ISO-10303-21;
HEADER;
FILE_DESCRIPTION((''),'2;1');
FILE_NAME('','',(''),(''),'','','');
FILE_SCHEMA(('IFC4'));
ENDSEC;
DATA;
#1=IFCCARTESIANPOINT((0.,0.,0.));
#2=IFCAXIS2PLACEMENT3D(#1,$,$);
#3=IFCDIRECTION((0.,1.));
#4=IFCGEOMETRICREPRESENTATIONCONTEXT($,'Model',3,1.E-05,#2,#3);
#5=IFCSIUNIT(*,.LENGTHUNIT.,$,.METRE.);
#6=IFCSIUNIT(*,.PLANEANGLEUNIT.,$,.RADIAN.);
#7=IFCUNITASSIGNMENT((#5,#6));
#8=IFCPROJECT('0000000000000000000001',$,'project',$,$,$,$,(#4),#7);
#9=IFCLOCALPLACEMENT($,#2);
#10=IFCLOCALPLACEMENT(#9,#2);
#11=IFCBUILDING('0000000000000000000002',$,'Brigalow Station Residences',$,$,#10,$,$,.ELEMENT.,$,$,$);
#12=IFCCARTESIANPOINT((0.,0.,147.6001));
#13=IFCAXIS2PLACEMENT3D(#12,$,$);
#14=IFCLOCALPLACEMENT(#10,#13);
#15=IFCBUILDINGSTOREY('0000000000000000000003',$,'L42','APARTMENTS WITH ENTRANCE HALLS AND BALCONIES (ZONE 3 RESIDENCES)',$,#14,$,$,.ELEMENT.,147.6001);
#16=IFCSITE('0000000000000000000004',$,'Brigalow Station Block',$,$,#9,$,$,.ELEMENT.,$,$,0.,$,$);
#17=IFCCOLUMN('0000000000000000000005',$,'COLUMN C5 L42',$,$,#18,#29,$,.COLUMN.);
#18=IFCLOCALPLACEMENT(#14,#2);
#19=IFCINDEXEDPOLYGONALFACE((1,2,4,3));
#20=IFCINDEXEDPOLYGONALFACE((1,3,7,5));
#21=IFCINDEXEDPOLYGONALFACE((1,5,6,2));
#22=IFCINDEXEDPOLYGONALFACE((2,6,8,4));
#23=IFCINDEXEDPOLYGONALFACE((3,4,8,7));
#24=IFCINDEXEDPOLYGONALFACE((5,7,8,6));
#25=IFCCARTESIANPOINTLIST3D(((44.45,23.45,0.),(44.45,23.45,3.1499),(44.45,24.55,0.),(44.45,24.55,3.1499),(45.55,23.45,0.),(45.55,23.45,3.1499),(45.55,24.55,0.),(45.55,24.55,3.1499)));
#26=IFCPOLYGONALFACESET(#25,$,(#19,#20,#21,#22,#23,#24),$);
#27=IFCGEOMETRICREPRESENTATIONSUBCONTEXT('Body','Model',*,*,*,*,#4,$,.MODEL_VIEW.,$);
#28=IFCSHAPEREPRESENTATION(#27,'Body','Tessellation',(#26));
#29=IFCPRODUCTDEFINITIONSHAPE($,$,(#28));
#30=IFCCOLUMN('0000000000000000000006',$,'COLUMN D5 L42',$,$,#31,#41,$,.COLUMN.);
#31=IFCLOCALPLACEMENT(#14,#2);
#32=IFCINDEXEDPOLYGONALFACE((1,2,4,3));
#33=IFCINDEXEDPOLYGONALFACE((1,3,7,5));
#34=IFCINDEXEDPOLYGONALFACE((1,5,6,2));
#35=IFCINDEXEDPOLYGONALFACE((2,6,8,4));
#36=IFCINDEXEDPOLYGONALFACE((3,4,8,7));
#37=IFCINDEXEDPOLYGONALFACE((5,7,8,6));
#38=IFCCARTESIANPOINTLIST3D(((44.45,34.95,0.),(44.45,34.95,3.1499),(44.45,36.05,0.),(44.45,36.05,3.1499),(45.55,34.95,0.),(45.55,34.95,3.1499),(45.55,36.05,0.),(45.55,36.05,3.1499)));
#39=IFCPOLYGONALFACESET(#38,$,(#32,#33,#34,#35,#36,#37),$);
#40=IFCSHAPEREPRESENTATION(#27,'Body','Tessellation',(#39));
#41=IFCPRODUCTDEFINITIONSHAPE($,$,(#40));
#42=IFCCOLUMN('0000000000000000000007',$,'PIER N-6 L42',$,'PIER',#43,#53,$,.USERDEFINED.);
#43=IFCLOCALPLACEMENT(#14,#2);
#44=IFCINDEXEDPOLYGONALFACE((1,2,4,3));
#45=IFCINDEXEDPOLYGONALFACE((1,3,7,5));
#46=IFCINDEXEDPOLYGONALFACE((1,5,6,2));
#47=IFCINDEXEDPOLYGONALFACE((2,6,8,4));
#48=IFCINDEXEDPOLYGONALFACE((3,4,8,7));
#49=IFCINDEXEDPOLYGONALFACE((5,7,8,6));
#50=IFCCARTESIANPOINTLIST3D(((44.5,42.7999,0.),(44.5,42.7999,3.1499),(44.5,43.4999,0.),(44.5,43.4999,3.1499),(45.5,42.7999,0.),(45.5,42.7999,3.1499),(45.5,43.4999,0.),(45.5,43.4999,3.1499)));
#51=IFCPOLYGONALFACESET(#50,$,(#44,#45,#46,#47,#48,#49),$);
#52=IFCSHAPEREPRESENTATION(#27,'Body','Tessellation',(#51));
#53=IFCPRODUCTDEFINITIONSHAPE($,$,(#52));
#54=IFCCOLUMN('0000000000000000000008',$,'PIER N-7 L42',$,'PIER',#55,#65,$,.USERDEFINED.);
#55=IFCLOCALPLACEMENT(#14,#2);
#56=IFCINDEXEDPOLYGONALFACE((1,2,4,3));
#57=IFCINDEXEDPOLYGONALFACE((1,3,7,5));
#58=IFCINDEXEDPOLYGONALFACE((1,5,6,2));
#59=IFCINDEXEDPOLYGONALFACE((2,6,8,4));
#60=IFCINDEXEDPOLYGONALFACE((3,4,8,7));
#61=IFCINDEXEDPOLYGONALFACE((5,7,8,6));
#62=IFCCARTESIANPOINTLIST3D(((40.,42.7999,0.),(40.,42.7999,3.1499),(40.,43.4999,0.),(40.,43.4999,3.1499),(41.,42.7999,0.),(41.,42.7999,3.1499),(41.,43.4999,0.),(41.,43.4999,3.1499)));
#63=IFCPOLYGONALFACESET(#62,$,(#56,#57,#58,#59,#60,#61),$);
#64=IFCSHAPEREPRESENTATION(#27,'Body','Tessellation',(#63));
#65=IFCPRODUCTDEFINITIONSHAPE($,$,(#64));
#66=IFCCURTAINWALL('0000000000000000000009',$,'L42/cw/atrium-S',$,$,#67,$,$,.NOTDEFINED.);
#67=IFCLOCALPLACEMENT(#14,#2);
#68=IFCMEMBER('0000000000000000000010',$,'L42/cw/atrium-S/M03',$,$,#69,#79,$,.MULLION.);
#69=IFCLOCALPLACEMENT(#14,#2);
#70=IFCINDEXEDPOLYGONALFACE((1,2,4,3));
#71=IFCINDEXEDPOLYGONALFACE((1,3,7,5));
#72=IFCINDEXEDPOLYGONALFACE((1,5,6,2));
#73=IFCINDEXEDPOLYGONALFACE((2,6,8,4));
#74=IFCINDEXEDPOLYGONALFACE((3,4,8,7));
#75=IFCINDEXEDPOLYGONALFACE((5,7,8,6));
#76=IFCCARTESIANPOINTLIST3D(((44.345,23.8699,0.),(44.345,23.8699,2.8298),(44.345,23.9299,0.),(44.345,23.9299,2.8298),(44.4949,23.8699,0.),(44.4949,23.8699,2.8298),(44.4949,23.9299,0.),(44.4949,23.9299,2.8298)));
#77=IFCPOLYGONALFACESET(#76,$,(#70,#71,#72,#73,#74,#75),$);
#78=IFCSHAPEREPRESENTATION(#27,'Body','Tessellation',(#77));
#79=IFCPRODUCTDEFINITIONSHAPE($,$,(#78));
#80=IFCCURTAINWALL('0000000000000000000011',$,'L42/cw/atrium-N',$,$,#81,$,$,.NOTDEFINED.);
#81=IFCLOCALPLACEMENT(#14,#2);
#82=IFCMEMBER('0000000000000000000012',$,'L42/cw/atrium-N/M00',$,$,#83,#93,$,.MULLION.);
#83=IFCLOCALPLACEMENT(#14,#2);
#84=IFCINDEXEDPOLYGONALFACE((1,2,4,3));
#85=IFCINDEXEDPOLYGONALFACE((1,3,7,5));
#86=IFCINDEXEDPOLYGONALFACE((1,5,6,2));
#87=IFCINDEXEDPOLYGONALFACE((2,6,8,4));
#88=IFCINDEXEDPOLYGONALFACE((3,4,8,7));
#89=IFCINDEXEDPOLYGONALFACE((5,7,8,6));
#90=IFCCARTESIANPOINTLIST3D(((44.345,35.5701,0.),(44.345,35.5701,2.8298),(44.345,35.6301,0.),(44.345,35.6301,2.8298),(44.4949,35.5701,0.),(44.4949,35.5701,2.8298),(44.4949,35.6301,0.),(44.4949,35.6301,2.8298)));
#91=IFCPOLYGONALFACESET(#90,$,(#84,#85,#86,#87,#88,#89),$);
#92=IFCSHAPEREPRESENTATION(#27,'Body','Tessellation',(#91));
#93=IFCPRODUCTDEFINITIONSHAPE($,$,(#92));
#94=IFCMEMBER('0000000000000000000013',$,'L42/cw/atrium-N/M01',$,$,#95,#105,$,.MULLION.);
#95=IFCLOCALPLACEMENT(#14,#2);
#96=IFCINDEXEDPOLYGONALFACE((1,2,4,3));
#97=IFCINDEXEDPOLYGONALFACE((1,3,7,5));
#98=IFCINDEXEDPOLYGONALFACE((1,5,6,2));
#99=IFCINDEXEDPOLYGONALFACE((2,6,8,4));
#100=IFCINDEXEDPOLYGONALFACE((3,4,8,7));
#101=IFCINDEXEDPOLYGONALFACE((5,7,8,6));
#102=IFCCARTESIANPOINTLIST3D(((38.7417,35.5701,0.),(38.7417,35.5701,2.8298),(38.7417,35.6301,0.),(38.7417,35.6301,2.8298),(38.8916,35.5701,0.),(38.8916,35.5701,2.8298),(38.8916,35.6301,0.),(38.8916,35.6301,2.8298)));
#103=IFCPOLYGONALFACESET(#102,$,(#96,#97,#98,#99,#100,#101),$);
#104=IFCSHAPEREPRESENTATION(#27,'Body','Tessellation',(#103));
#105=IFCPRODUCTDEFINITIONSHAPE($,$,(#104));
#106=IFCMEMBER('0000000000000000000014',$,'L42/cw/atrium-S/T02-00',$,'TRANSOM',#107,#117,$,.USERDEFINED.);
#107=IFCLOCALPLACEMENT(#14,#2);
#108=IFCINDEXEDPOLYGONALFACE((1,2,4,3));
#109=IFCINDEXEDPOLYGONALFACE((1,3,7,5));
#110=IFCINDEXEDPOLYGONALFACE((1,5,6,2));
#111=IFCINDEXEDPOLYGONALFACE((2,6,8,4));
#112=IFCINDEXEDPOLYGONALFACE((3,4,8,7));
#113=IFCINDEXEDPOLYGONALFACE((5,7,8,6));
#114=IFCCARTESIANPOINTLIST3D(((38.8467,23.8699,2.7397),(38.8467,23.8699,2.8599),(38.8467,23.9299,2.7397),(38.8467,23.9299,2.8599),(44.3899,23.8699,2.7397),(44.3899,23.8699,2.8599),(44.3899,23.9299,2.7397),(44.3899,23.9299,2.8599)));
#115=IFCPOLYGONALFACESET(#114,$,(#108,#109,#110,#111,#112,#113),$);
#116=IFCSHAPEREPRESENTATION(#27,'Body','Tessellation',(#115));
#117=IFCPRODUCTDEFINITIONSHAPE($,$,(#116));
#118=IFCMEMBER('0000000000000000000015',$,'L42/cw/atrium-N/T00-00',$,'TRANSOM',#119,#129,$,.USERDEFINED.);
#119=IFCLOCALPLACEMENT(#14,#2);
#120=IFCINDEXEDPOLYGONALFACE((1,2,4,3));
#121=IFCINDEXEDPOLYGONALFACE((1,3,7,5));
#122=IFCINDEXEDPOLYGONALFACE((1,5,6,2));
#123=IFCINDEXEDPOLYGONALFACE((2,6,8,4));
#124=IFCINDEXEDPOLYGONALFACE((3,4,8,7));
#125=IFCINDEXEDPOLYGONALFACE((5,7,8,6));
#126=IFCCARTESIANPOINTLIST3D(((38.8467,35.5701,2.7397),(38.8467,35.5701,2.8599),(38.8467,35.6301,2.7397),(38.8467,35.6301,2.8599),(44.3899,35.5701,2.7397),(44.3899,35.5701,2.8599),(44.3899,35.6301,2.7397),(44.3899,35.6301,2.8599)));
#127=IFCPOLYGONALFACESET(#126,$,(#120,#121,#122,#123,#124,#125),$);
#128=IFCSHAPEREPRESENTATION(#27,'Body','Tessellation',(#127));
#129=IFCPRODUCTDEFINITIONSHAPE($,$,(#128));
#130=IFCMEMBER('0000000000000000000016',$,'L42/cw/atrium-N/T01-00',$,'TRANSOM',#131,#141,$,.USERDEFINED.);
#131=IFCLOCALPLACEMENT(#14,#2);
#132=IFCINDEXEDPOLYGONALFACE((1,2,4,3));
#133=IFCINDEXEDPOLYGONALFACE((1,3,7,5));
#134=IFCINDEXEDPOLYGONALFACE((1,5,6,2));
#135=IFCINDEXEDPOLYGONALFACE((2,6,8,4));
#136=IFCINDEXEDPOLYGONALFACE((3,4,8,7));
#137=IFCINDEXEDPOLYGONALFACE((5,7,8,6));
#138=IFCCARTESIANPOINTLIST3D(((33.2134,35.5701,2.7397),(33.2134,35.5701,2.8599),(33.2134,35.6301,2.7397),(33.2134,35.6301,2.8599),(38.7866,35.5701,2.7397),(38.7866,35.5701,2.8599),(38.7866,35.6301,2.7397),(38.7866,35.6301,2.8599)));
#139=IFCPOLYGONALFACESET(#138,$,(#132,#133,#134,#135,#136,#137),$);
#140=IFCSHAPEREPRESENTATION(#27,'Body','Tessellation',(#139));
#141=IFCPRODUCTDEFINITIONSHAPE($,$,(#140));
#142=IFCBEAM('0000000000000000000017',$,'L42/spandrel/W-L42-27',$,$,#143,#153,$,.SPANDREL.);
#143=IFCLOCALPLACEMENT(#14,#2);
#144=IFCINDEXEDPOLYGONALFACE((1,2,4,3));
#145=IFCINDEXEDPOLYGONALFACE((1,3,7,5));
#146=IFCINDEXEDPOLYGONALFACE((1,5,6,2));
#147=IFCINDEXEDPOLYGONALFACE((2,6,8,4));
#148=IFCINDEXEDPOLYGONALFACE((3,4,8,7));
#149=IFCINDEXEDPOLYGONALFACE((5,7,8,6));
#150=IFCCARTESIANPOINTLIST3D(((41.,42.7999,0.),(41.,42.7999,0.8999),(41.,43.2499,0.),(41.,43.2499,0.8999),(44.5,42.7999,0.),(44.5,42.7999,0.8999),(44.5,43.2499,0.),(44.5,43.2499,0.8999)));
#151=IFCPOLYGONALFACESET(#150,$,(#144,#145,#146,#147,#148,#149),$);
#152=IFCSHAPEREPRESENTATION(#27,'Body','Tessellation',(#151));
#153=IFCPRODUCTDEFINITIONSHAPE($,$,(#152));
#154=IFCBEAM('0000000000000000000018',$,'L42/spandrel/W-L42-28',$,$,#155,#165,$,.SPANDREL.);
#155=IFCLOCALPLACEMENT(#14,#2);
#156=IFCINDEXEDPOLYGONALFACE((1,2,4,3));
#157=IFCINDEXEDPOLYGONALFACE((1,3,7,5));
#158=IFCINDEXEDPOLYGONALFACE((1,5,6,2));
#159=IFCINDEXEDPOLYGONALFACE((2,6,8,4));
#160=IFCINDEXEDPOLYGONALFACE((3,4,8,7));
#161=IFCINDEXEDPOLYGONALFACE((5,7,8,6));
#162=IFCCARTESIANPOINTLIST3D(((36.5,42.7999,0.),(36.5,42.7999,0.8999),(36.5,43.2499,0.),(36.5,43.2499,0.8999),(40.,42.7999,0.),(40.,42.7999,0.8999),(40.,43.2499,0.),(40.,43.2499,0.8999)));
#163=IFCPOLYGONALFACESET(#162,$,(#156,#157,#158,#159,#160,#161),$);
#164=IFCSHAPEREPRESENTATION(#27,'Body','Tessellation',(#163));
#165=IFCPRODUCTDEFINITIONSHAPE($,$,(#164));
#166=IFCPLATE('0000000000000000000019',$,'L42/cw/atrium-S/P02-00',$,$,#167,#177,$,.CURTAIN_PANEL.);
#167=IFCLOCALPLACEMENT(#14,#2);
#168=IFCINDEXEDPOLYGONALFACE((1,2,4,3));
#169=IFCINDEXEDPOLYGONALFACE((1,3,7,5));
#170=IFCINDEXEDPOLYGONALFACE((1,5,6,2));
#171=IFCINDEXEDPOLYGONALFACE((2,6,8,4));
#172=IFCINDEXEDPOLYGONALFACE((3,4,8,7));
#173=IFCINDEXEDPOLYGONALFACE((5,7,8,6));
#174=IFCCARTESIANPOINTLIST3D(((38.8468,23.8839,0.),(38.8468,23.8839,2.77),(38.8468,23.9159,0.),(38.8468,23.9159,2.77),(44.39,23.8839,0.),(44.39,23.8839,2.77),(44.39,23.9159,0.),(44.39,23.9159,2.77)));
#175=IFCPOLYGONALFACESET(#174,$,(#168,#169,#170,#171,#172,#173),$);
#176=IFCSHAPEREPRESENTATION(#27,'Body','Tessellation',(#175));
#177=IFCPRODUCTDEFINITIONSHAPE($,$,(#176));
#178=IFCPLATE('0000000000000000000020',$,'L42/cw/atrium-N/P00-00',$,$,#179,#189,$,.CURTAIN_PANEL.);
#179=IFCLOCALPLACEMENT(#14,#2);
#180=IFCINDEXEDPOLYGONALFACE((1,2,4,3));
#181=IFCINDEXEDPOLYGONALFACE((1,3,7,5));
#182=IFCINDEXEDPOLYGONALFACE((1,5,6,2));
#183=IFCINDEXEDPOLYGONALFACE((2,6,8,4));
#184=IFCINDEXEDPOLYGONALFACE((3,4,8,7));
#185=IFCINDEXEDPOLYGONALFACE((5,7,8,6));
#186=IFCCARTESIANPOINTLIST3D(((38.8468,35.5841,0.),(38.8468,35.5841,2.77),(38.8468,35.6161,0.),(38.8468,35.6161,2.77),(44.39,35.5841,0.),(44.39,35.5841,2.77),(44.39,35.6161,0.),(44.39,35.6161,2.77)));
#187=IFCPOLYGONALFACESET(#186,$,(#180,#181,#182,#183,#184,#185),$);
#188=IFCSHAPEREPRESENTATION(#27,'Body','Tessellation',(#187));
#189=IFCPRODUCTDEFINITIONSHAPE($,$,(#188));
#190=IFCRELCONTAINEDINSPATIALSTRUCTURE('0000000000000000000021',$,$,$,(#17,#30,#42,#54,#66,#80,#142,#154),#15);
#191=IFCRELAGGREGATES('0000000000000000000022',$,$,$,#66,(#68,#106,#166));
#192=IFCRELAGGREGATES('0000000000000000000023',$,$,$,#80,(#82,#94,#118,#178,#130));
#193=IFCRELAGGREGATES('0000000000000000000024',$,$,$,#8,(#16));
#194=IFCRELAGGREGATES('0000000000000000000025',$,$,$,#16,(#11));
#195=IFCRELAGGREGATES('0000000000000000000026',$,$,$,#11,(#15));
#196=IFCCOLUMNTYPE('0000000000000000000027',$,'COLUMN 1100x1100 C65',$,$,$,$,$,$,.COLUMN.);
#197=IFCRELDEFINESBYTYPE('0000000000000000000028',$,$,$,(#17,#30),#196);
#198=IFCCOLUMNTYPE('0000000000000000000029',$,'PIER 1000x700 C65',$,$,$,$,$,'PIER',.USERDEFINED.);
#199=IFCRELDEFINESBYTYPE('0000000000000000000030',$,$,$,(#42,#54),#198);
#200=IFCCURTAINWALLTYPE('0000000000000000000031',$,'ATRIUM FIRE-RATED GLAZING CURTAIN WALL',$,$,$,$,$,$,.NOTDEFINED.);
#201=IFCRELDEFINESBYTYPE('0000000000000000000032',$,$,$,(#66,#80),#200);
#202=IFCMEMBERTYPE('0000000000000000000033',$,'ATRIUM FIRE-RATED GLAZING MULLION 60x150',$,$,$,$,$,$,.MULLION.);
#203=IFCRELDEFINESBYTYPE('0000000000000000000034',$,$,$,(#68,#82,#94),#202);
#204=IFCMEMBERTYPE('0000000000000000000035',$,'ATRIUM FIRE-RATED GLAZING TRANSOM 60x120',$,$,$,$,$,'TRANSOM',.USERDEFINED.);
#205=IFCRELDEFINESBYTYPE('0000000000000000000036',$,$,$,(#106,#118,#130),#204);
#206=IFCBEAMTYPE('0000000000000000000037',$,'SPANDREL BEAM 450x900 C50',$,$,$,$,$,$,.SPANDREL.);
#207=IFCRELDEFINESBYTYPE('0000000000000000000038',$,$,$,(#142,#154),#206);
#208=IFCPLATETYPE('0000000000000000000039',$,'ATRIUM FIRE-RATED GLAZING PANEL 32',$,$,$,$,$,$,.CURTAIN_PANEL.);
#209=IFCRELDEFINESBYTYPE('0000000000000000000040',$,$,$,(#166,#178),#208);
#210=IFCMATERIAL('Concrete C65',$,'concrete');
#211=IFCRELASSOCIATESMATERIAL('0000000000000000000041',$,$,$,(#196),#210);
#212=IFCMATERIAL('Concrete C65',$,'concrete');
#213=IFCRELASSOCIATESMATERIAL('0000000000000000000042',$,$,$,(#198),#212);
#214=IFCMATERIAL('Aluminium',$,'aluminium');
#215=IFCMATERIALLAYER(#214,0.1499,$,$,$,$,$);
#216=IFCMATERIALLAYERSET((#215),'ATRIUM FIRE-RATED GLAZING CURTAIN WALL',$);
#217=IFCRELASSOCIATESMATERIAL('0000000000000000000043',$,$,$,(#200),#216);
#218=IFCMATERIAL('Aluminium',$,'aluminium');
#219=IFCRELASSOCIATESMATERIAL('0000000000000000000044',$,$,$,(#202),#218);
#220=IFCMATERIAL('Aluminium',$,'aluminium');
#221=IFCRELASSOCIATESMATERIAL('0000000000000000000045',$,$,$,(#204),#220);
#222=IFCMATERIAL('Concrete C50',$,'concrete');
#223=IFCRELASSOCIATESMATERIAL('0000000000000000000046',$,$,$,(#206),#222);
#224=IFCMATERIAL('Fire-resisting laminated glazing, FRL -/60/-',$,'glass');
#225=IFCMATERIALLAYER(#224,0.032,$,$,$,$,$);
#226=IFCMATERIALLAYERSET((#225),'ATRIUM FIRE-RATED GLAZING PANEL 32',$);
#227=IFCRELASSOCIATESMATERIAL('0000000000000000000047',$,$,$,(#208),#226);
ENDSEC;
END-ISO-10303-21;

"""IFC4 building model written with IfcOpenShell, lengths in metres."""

from ifc_helpers import new_model, si_unit, direction, frame, origin, origin_2d, place, context, subcontext, project, spatial, rectangle, extrude, material, layer, layer_set, material_profile, profile_set, type_object, element, aggregate, save


model = new_model("IFC4")

# Units and contexts
model_context = context("Model", 3, precision=1e-05, world=origin(), true_north=direction((0.0, 1.0)))
body_context = subcontext(model_context, "Body", "Model", "MODEL_VIEW")
ifc_project = project(units=[si_unit("LENGTHUNIT", "METRE"), si_unit("PLANEANGLEUNIT", "RADIAN")], contexts=[model_context])

# Site, building, storey
site_placement = place(None, origin())
site = spatial("IfcSite", under=ifc_project, at=site_placement, Name="Brigalow Station Block", CompositionType="ELEMENT", RefElevation=0.0)
building_placement = place(site_placement, origin())
building = spatial("IfcBuilding", under=site, at=building_placement, Name="Brigalow Station Residences", CompositionType="ELEMENT")
storey_placement = place(building_placement, frame((0.0, 0.0, 147.6001)))
storey = spatial("IfcBuildingStorey", under=building, at=storey_placement, Name="L42", Description="APARTMENTS WITH ENTRANCE HALLS AND BALCONIES (ZONE 3 RESIDENCES)", CompositionType="ELEMENT", Elevation=147.6001)

# Columns
ifc_material_1 = material(Name="Concrete C65", Category="concrete")
ifc_material_profile_1 = material_profile(ifc_material_1, rectangle(XDim=1.1001, YDim=1.1001, at=origin_2d()), Name="RC1100x1100")
ifc_profile_set_1 = profile_set([ifc_material_profile_1], Name="Concrete C65")
column_type_1 = type_object("IfcColumnType", Name="COLUMN 1100x1100 C65", PredefinedType="COLUMN", material=ifc_profile_set_1)
for number, where, z_axis, x_axis, name in (
    (1, (45.0, 24.0, 0.0), (0.0, 0.0, 1.0), (1.0, 0.0, 0.0), "COLUMN C5 L42"),
    (2, (45.0, 35.5, 0.0), (0.0, 0.0, 1.0), (1.0, 0.0, 0.0), "COLUMN D5 L42"),
):
    element("IfcColumn", number, at=place(storey_placement, frame(where, z_axis=z_axis, x_axis=x_axis)), inside=storey, type_object=column_type_1, Name=name, PredefinedType="COLUMN", context=body_context, shape_type="SweptSolid", body=[
        extrude(rectangle(XDim=1.1001, YDim=1.1001, at=origin_2d()), origin(), (0.0, 0.0, 1.0), 3.1499),
    ])
ifc_material_2 = material(Name="Concrete C65", Category="concrete")
ifc_material_profile_2 = material_profile(ifc_material_2, rectangle(XDim=1.0, YDim=0.7, at=origin_2d()), Name="RC1000x700")
ifc_profile_set_2 = profile_set([ifc_material_profile_2], Name="Concrete C65")
column_type_2 = type_object("IfcColumnType", Name="PIER 1000x700 C65", ElementType="PIER", PredefinedType="USERDEFINED", material=ifc_profile_set_2)
for number, where, z_axis, x_axis, name in (
    (3, (45.0, 43.1499, 0.0), (0.0, 0.0, 1.0), (-1.0, 0.0, 0.0), "PIER N-6 L42"),
    (4, (40.5, 43.1499, 0.0), (0.0, 0.0, 1.0), (-1.0, 0.0, 0.0), "PIER N-7 L42"),
):
    element("IfcColumn", number, at=place(storey_placement, frame(where, z_axis=z_axis, x_axis=x_axis)), inside=storey, type_object=column_type_2, Name=name, ObjectType="PIER", PredefinedType="USERDEFINED", context=body_context, shape_type="SweptSolid", body=[
        extrude(rectangle(XDim=1.0, YDim=0.7, at=origin_2d()), origin(), (0.0, 0.0, 1.0), 3.1499),
    ])

# Curtain wall, member
ifc_material_3 = material(Name="Aluminium", Category="aluminium")
ifc_layer_1 = layer(ifc_material_3, 0.1499)
ifc_layer_set_1 = layer_set([ifc_layer_1], Name="ATRIUM FIRE-RATED GLAZING CURTAIN WALL")
curtain_wall_type = type_object("IfcCurtainWallType", Name="ATRIUM FIRE-RATED GLAZING CURTAIN WALL", PredefinedType="NOTDEFINED", material=ifc_layer_set_1)
curtain_wall_1_placement = place(storey_placement, origin())
curtain_wall_1 = element("IfcCurtainWall", 5, at=curtain_wall_1_placement, inside=storey, type_object=curtain_wall_type, Name="L42/cw/atrium-S", PredefinedType="NOTDEFINED")
ifc_material_4 = material(Name="Aluminium", Category="aluminium")
ifc_material_profile_3 = material_profile(ifc_material_4, rectangle(XDim=0.0601, YDim=0.1499, at=origin_2d()), Name="ATRIUM FIRE-RATED GLAZING MULLION 60x150")
ifc_profile_set_3 = profile_set([ifc_material_profile_3], Name="Aluminium")
member_type_1 = type_object("IfcMemberType", Name="ATRIUM FIRE-RATED GLAZING MULLION 60x150", PredefinedType="MULLION", material=ifc_profile_set_3)
member_1_placement = place(storey_placement, frame((44.4199, 23.8999, 0.0), z_axis=(0.0, 0.0, 1.0), x_axis=(0.0, 1.0, 0.0)))
member_1 = element("IfcMember", 6, at=member_1_placement, type_object=member_type_1, Name="L42/cw/atrium-S/M03", PredefinedType="MULLION", context=body_context, shape_type="SweptSolid", body=[
    extrude(rectangle(XDim=0.0601, YDim=0.1499, at=origin_2d()), origin(), (0.0, 0.0, 1.0), 2.8298),
])

# Curtain wall, members
curtain_wall_2_placement = place(storey_placement, origin())
curtain_wall_2 = element("IfcCurtainWall", 7, at=curtain_wall_2_placement, inside=storey, type_object=curtain_wall_type, Name="L42/cw/atrium-N", PredefinedType="NOTDEFINED")
member_2_placement = place(storey_placement, frame((44.4199, 35.6001, 0.0), z_axis=(0.0, 0.0, 1.0), x_axis=(0.0, -1.0, 0.0)))
member_2 = element("IfcMember", 8, at=member_2_placement, type_object=member_type_1, Name="L42/cw/atrium-N/M00", PredefinedType="MULLION", context=body_context, shape_type="SweptSolid", body=[
    extrude(rectangle(XDim=0.0601, YDim=0.1499, at=origin_2d()), origin(), (0.0, 0.0, 1.0), 2.8298),
])
member_3_placement = place(storey_placement, frame((38.8167, 35.6001, 0.0), z_axis=(0.0, 0.0, 1.0), x_axis=(0.0, -1.0, 0.0)))
member_3 = element("IfcMember", 9, at=member_3_placement, type_object=member_type_1, Name="L42/cw/atrium-N/M01", PredefinedType="MULLION", context=body_context, shape_type="SweptSolid", body=[
    extrude(rectangle(XDim=0.0601, YDim=0.1499, at=origin_2d()), origin(), (0.0, 0.0, 1.0), 2.8298),
])

# Members
ifc_material_5 = material(Name="Aluminium", Category="aluminium")
ifc_material_profile_4 = material_profile(ifc_material_5, rectangle(XDim=0.0601, YDim=0.1201, at=origin_2d()), Name="ATRIUM FIRE-RATED GLAZING TRANSOM 60x120")
ifc_profile_set_4 = profile_set([ifc_material_profile_4], Name="Aluminium")
member_type_2 = type_object("IfcMemberType", Name="ATRIUM FIRE-RATED GLAZING TRANSOM 60x120", ElementType="TRANSOM", PredefinedType="USERDEFINED", material=ifc_profile_set_4)
member_4_placement = place(storey_placement, frame((38.8467, 23.8999, 2.7998), z_axis=(1.0, 0.0, 0.0), x_axis=(0.0, 1.0, 0.0)))
member_4 = element("IfcMember", 10, at=member_4_placement, type_object=member_type_2, Name="L42/cw/atrium-S/T02-00", ObjectType="TRANSOM", PredefinedType="USERDEFINED", context=body_context, shape_type="SweptSolid", body=[
    extrude(rectangle(XDim=0.0601, YDim=0.1201, at=origin_2d()), origin(), (0.0, 0.0, 1.0), 5.5432),
])
member_5_placement = place(storey_placement, frame((44.3899, 35.6001, 2.7998), z_axis=(-1.0, 0.0, 0.0), x_axis=(0.0, -1.0, 0.0)))
member_5 = element("IfcMember", 11, at=member_5_placement, type_object=member_type_2, Name="L42/cw/atrium-N/T00-00", ObjectType="TRANSOM", PredefinedType="USERDEFINED", context=body_context, shape_type="SweptSolid", body=[
    extrude(rectangle(XDim=0.0601, YDim=0.1201, at=origin_2d()), origin(), (0.0, 0.0, 1.0), 5.5432),
])
member_6_placement = place(storey_placement, frame((38.7866, 35.6001, 2.7998), z_axis=(-1.0, 0.0, 0.0), x_axis=(0.0, -1.0, 0.0)))
member_6 = element("IfcMember", 12, at=member_6_placement, type_object=member_type_2, Name="L42/cw/atrium-N/T01-00", ObjectType="TRANSOM", PredefinedType="USERDEFINED", context=body_context, shape_type="SweptSolid", body=[
    extrude(rectangle(XDim=0.0601, YDim=0.1201, at=origin_2d()), origin(), (0.0, 0.0, 1.0), 5.5732),
])

# Beams
ifc_material_6 = material(Name="Concrete C50", Category="concrete")
ifc_material_profile_5 = material_profile(ifc_material_6, rectangle(XDim=0.45, YDim=0.8999, at=origin_2d()), Name="RC450x900")
ifc_profile_set_5 = profile_set([ifc_material_profile_5], Name="Concrete C50")
beam_type = type_object("IfcBeamType", Name="SPANDREL BEAM 450x900 C50", PredefinedType="SPANDREL", material=ifc_profile_set_5)
for number, where, z_axis, x_axis, name in (
    (13, (44.5, 43.0249, 0.45), (-1.0, 0.0, 0.0), (0.0, -1.0, 0.0), "L42/spandrel/W-L42-27"),
    (14, (40.0, 43.0249, 0.45), (-1.0, 0.0, 0.0), (0.0, -1.0, 0.0), "L42/spandrel/W-L42-28"),
):
    element("IfcBeam", number, at=place(storey_placement, frame(where, z_axis=z_axis, x_axis=x_axis)), inside=storey, type_object=beam_type, Name=name, PredefinedType="SPANDREL", context=body_context, shape_type="SweptSolid", body=[
        extrude(rectangle(XDim=0.45, YDim=0.8999, at=origin_2d()), origin(), (0.0, 0.0, 1.0), 3.5),
    ])

# Plates
ifc_material_7 = material(Name="Fire-resisting laminated glazing, FRL -/60/-", Category="glass")
ifc_layer_2 = layer(ifc_material_7, 0.032)
ifc_layer_set_2 = layer_set([ifc_layer_2], Name="ATRIUM FIRE-RATED GLAZING PANEL 32")
plate_type = type_object("IfcPlateType", Name="ATRIUM FIRE-RATED GLAZING PANEL 32", PredefinedType="CURTAIN_PANEL", material=ifc_layer_set_2)
plate_1_placement = place(storey_placement, frame((41.6184, 23.8999, 0.0), z_axis=(0.0, 0.0, 1.0), x_axis=(1.0, 0.0, 0.0)))
plate_1 = element("IfcPlate", 15, at=plate_1_placement, type_object=plate_type, Name="L42/cw/atrium-S/P02-00", PredefinedType="CURTAIN_PANEL", context=body_context, shape_type="SweptSolid", body=[
    extrude(rectangle(XDim=5.5432, YDim=0.032, at=origin_2d()), origin(), (0.0, 0.0, 1.0), 2.77),
])
aggregate(curtain_wall_1, [member_1, member_4, plate_1])
plate_2_placement = place(storey_placement, frame((41.6184, 35.6001, 0.0), z_axis=(0.0, 0.0, 1.0), x_axis=(-1.0, 0.0, 0.0)))
plate_2 = element("IfcPlate", 16, at=plate_2_placement, type_object=plate_type, Name="L42/cw/atrium-N/P00-00", PredefinedType="CURTAIN_PANEL", context=body_context, shape_type="SweptSolid", body=[
    extrude(rectangle(XDim=5.5432, YDim=0.032, at=origin_2d()), origin(), (0.0, 0.0, 1.0), 2.77),
])
aggregate(curtain_wall_2, [member_2, member_3, member_5, plate_2, member_6])

save(model, "model.ifc")
